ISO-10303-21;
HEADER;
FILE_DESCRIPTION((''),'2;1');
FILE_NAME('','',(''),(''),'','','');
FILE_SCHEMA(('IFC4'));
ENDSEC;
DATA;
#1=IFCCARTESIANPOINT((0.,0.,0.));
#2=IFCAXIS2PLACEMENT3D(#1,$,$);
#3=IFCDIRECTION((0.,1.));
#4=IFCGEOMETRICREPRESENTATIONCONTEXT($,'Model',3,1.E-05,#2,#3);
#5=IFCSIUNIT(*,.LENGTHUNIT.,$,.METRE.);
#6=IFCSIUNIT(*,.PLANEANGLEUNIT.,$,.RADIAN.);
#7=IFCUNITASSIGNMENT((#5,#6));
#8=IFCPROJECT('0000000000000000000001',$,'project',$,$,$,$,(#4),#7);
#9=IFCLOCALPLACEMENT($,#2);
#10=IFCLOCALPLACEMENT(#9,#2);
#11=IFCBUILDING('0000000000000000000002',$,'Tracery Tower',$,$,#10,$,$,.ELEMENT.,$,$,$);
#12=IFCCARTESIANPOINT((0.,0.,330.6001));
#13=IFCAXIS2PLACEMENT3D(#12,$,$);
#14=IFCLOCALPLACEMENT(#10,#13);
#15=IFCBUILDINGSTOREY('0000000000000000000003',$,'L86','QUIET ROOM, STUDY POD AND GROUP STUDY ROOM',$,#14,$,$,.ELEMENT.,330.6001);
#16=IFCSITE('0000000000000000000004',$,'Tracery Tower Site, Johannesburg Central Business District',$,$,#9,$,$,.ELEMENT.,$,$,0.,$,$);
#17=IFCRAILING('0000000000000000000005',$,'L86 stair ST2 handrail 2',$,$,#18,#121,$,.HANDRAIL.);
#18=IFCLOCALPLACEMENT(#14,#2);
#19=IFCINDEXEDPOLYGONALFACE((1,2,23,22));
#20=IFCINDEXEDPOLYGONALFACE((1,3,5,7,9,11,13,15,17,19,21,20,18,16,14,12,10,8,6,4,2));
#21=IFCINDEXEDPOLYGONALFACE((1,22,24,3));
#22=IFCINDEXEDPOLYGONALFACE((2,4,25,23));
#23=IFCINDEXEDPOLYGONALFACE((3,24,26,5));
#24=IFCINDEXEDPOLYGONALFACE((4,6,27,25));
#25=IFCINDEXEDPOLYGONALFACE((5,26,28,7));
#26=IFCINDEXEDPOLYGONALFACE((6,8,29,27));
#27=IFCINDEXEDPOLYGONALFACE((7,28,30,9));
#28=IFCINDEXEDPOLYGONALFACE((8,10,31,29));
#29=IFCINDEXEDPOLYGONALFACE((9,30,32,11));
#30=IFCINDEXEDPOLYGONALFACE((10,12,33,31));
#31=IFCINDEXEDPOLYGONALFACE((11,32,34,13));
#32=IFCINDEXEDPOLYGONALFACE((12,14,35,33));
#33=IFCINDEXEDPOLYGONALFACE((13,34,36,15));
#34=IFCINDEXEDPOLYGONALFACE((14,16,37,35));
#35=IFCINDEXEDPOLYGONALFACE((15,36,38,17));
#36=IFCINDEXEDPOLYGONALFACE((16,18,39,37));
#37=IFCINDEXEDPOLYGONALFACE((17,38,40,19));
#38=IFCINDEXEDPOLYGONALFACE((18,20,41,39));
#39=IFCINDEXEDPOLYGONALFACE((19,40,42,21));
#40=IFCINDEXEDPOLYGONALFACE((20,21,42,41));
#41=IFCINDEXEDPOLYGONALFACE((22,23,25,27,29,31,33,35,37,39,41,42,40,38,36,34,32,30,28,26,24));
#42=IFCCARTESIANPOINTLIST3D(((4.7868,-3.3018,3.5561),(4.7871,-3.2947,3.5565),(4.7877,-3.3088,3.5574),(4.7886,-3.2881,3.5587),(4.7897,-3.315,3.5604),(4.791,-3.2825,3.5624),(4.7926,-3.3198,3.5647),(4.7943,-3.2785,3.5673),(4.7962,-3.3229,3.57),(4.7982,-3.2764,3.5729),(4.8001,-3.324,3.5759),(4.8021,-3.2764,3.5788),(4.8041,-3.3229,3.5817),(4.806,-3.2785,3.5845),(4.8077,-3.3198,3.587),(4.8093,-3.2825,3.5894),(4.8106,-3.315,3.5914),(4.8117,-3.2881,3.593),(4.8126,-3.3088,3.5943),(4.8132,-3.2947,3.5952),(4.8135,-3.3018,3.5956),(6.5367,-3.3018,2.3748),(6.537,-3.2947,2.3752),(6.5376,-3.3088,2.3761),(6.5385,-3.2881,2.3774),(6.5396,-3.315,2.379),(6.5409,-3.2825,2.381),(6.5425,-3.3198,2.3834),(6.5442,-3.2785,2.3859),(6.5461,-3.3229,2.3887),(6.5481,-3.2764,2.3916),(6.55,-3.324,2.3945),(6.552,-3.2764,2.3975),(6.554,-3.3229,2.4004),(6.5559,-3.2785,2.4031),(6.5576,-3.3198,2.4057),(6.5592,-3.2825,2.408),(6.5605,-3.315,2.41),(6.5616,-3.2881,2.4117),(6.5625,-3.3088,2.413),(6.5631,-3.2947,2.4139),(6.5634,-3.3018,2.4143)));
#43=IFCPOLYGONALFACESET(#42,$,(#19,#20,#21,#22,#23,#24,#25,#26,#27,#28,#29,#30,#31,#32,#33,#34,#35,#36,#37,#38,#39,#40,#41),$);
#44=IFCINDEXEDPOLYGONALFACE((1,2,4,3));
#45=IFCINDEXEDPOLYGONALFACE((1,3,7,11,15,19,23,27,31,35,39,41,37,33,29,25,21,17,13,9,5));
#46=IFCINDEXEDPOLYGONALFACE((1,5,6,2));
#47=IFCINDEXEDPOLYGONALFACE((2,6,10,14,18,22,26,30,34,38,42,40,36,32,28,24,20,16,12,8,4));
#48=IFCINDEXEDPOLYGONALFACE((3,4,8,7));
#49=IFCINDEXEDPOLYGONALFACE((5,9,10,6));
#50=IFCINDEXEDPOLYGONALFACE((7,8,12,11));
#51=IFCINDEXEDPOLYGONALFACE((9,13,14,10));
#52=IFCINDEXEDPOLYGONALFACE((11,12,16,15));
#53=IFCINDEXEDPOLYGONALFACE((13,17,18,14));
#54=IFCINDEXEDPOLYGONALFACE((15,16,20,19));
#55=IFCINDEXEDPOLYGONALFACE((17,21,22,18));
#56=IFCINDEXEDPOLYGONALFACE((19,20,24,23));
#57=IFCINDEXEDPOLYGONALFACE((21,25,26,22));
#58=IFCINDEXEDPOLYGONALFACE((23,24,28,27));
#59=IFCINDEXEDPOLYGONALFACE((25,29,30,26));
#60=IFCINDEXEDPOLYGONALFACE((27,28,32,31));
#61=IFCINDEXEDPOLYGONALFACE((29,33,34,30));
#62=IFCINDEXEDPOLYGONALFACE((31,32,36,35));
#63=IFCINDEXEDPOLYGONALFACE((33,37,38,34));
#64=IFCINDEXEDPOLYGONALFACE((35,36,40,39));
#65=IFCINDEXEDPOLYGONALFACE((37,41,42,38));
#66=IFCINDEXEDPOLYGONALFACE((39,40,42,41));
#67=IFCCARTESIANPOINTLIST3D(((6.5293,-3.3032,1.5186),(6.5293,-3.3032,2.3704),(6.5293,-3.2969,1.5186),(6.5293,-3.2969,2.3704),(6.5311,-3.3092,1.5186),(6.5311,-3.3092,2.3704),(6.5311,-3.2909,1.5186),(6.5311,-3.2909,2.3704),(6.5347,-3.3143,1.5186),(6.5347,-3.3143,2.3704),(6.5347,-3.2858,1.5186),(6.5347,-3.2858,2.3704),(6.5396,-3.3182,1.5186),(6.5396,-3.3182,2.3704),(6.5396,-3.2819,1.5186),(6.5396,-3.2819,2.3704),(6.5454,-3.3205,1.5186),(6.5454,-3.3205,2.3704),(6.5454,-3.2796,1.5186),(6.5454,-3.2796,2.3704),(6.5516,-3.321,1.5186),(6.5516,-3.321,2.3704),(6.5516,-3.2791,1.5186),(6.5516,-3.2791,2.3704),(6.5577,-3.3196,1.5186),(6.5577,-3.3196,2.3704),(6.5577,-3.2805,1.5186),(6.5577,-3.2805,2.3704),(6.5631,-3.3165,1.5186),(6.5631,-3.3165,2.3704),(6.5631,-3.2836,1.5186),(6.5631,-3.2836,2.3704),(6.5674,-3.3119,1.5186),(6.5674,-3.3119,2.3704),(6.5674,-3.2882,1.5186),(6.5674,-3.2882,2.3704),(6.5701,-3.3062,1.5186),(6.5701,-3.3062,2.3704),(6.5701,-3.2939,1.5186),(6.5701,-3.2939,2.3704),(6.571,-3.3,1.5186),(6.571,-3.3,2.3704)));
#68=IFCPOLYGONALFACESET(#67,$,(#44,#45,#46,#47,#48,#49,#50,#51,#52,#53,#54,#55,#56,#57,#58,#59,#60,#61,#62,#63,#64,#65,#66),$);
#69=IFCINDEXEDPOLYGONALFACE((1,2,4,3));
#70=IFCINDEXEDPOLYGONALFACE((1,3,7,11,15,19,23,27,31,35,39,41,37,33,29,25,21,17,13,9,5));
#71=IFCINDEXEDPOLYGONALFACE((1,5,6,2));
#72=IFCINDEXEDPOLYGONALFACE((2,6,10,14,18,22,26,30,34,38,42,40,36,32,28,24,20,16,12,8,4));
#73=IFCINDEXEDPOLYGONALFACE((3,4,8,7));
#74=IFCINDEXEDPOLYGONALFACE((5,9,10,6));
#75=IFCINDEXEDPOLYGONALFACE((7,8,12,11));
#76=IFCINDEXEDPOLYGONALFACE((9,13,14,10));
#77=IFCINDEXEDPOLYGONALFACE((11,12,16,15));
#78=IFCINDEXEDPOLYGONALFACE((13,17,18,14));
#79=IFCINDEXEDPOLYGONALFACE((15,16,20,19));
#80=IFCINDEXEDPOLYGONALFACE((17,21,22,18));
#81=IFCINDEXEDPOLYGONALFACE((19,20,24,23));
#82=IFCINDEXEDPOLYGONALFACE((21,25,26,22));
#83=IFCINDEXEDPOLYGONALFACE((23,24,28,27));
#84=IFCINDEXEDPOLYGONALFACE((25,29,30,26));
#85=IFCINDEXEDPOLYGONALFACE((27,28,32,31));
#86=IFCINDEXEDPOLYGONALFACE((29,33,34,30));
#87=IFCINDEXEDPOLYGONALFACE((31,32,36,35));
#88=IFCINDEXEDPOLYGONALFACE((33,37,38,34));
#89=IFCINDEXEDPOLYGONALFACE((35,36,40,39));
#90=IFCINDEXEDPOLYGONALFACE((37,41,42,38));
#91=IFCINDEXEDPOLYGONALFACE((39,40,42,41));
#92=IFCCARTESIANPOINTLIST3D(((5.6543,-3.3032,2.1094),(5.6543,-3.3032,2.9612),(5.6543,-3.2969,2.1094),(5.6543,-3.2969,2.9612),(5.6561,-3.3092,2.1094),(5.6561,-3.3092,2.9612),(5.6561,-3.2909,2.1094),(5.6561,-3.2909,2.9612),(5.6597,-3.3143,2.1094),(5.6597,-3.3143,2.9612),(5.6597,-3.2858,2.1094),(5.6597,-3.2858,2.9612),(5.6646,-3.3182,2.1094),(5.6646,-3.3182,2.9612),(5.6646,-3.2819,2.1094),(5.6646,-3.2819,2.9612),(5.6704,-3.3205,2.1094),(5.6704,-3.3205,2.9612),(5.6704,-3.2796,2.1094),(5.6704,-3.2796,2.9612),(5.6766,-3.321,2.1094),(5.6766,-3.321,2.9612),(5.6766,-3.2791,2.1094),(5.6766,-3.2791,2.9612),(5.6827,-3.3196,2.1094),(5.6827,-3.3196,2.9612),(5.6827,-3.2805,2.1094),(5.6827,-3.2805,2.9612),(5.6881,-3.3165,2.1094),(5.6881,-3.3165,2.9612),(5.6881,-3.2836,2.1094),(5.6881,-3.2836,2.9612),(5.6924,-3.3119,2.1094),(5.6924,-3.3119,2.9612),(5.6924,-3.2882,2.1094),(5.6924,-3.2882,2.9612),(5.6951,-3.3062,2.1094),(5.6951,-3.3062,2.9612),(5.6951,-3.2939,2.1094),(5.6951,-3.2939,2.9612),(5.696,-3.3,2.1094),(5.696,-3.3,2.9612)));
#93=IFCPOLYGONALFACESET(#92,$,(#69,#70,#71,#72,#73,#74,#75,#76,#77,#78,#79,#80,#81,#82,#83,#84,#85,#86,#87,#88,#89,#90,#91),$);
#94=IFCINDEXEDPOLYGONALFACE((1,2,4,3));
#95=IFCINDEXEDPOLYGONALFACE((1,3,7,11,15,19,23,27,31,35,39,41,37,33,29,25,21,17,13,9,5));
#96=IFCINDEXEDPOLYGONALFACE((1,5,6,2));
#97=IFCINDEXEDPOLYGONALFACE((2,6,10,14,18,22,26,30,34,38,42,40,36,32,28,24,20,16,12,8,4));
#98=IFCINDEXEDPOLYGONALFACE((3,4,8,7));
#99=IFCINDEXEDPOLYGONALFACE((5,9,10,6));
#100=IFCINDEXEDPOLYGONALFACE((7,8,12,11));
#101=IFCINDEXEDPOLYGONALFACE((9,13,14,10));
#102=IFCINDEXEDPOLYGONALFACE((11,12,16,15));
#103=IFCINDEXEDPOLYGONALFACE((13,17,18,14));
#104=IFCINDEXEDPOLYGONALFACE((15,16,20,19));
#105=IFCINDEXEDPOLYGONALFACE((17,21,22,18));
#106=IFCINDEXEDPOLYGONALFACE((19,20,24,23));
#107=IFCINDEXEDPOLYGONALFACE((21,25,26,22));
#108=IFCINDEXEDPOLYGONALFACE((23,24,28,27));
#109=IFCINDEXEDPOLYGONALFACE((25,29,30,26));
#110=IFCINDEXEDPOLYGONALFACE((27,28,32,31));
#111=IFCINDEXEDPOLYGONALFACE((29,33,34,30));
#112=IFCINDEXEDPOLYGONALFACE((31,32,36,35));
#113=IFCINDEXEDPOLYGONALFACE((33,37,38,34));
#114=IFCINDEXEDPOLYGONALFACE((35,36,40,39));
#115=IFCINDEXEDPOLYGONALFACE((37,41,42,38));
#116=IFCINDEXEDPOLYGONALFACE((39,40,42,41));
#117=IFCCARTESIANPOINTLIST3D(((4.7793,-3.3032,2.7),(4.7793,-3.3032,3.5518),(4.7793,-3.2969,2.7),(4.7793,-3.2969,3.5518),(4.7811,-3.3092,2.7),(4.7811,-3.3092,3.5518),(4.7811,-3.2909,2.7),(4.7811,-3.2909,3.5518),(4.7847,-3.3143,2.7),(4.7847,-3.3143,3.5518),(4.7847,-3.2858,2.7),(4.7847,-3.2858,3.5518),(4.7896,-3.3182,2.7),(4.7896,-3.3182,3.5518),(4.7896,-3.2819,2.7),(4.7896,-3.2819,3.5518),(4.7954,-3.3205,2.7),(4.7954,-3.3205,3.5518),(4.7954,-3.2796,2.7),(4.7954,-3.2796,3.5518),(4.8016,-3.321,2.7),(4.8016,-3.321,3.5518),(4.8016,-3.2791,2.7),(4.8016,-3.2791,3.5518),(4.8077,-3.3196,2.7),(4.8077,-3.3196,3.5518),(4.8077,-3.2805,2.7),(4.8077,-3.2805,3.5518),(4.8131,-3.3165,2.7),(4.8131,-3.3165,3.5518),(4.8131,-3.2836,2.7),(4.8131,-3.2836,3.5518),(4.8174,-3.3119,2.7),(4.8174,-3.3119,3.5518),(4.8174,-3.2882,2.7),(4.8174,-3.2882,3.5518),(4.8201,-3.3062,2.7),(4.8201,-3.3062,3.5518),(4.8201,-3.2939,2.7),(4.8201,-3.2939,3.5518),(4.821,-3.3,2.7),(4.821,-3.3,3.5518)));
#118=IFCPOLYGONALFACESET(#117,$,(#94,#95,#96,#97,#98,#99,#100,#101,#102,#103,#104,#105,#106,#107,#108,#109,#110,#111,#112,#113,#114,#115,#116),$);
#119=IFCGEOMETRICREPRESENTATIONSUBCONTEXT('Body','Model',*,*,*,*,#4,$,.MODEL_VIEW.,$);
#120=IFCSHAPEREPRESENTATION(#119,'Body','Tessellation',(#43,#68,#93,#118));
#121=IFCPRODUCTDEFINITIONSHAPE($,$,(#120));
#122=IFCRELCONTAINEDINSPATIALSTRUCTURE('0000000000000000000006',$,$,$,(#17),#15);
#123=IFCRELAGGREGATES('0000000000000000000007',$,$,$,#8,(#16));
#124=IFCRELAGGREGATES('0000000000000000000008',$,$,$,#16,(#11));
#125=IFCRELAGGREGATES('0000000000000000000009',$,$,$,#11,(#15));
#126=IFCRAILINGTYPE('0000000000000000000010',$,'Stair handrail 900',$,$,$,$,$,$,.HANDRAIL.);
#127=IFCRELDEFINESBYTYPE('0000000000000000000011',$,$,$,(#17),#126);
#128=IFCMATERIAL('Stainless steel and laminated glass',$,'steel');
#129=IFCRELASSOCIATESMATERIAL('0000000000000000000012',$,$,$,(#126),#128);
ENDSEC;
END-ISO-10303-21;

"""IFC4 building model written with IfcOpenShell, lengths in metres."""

from ifc_helpers import new_model, si_unit, direction, frame, origin, origin_2d, place, context, subcontext, project, spatial, circle, extrude, material, type_object, element, save


model = new_model("IFC4")

# Units and contexts
model_context = context("Model", 3, precision=1e-05, world=origin(), true_north=direction((0.0, 1.0)))
body_context = subcontext(model_context, "Body", "Model", "MODEL_VIEW")
ifc_project = project(units=[si_unit("LENGTHUNIT", "METRE"), si_unit("PLANEANGLEUNIT", "RADIAN")], contexts=[model_context])

# Site, building, storey
site_placement = place(None, origin())
site = spatial("IfcSite", under=ifc_project, at=site_placement, Name="Tracery Tower Site, Johannesburg Central Business District", CompositionType="ELEMENT", RefElevation=0.0)
building_placement = place(site_placement, origin())
building = spatial("IfcBuilding", under=site, at=building_placement, Name="Tracery Tower", CompositionType="ELEMENT")
storey_placement = place(building_placement, frame((0.0, 0.0, 330.6001)))
storey = spatial("IfcBuildingStorey", under=building, at=storey_placement, Name="L86", Description="QUIET ROOM, STUDY POD AND GROUP STUDY ROOM", CompositionType="ELEMENT", Elevation=330.6001)

# Railing
ifc_material_1 = material(Name="Stainless steel and laminated glass", Category="steel")
railing_type_1 = type_object("IfcRailingType", Name="Stair handrail 900", PredefinedType="HANDRAIL", material=ifc_material_1)
railing_1_placement = place(storey_placement, frame((6.55, -3.3, 1.5186)))
element("IfcRailing", 1, at=railing_1_placement, inside=storey, type_object=railing_type_1, Name="L86 stair ST2 handrail 2", PredefinedType="HANDRAIL", context=body_context, shape_type="SweptSolid", body=[
    extrude(circle(Radius=0.0239, at=origin_2d()), frame((0.0, 0.0, 0.876), z_axis=(-0.828817, 0.0, 0.559521), x_axis=(0.0, -1.0, 0.0)), (0.0, 0.0, 1.0), 2.1113),
    extrude(circle(Radius=0.021, at=origin_2d()), origin(), (0.0, 0.0, 1.0), 0.8518),
    extrude(circle(Radius=0.021, at=origin_2d()), frame((-0.875, 0.0, 0.5908)), (0.0, 0.0, 1.0), 0.8518),
    extrude(circle(Radius=0.021, at=origin_2d()), frame((-1.75, 0.0, 1.1814)), (0.0, 0.0, 1.0), 0.8518),
])

save(model, "model.ifc")
